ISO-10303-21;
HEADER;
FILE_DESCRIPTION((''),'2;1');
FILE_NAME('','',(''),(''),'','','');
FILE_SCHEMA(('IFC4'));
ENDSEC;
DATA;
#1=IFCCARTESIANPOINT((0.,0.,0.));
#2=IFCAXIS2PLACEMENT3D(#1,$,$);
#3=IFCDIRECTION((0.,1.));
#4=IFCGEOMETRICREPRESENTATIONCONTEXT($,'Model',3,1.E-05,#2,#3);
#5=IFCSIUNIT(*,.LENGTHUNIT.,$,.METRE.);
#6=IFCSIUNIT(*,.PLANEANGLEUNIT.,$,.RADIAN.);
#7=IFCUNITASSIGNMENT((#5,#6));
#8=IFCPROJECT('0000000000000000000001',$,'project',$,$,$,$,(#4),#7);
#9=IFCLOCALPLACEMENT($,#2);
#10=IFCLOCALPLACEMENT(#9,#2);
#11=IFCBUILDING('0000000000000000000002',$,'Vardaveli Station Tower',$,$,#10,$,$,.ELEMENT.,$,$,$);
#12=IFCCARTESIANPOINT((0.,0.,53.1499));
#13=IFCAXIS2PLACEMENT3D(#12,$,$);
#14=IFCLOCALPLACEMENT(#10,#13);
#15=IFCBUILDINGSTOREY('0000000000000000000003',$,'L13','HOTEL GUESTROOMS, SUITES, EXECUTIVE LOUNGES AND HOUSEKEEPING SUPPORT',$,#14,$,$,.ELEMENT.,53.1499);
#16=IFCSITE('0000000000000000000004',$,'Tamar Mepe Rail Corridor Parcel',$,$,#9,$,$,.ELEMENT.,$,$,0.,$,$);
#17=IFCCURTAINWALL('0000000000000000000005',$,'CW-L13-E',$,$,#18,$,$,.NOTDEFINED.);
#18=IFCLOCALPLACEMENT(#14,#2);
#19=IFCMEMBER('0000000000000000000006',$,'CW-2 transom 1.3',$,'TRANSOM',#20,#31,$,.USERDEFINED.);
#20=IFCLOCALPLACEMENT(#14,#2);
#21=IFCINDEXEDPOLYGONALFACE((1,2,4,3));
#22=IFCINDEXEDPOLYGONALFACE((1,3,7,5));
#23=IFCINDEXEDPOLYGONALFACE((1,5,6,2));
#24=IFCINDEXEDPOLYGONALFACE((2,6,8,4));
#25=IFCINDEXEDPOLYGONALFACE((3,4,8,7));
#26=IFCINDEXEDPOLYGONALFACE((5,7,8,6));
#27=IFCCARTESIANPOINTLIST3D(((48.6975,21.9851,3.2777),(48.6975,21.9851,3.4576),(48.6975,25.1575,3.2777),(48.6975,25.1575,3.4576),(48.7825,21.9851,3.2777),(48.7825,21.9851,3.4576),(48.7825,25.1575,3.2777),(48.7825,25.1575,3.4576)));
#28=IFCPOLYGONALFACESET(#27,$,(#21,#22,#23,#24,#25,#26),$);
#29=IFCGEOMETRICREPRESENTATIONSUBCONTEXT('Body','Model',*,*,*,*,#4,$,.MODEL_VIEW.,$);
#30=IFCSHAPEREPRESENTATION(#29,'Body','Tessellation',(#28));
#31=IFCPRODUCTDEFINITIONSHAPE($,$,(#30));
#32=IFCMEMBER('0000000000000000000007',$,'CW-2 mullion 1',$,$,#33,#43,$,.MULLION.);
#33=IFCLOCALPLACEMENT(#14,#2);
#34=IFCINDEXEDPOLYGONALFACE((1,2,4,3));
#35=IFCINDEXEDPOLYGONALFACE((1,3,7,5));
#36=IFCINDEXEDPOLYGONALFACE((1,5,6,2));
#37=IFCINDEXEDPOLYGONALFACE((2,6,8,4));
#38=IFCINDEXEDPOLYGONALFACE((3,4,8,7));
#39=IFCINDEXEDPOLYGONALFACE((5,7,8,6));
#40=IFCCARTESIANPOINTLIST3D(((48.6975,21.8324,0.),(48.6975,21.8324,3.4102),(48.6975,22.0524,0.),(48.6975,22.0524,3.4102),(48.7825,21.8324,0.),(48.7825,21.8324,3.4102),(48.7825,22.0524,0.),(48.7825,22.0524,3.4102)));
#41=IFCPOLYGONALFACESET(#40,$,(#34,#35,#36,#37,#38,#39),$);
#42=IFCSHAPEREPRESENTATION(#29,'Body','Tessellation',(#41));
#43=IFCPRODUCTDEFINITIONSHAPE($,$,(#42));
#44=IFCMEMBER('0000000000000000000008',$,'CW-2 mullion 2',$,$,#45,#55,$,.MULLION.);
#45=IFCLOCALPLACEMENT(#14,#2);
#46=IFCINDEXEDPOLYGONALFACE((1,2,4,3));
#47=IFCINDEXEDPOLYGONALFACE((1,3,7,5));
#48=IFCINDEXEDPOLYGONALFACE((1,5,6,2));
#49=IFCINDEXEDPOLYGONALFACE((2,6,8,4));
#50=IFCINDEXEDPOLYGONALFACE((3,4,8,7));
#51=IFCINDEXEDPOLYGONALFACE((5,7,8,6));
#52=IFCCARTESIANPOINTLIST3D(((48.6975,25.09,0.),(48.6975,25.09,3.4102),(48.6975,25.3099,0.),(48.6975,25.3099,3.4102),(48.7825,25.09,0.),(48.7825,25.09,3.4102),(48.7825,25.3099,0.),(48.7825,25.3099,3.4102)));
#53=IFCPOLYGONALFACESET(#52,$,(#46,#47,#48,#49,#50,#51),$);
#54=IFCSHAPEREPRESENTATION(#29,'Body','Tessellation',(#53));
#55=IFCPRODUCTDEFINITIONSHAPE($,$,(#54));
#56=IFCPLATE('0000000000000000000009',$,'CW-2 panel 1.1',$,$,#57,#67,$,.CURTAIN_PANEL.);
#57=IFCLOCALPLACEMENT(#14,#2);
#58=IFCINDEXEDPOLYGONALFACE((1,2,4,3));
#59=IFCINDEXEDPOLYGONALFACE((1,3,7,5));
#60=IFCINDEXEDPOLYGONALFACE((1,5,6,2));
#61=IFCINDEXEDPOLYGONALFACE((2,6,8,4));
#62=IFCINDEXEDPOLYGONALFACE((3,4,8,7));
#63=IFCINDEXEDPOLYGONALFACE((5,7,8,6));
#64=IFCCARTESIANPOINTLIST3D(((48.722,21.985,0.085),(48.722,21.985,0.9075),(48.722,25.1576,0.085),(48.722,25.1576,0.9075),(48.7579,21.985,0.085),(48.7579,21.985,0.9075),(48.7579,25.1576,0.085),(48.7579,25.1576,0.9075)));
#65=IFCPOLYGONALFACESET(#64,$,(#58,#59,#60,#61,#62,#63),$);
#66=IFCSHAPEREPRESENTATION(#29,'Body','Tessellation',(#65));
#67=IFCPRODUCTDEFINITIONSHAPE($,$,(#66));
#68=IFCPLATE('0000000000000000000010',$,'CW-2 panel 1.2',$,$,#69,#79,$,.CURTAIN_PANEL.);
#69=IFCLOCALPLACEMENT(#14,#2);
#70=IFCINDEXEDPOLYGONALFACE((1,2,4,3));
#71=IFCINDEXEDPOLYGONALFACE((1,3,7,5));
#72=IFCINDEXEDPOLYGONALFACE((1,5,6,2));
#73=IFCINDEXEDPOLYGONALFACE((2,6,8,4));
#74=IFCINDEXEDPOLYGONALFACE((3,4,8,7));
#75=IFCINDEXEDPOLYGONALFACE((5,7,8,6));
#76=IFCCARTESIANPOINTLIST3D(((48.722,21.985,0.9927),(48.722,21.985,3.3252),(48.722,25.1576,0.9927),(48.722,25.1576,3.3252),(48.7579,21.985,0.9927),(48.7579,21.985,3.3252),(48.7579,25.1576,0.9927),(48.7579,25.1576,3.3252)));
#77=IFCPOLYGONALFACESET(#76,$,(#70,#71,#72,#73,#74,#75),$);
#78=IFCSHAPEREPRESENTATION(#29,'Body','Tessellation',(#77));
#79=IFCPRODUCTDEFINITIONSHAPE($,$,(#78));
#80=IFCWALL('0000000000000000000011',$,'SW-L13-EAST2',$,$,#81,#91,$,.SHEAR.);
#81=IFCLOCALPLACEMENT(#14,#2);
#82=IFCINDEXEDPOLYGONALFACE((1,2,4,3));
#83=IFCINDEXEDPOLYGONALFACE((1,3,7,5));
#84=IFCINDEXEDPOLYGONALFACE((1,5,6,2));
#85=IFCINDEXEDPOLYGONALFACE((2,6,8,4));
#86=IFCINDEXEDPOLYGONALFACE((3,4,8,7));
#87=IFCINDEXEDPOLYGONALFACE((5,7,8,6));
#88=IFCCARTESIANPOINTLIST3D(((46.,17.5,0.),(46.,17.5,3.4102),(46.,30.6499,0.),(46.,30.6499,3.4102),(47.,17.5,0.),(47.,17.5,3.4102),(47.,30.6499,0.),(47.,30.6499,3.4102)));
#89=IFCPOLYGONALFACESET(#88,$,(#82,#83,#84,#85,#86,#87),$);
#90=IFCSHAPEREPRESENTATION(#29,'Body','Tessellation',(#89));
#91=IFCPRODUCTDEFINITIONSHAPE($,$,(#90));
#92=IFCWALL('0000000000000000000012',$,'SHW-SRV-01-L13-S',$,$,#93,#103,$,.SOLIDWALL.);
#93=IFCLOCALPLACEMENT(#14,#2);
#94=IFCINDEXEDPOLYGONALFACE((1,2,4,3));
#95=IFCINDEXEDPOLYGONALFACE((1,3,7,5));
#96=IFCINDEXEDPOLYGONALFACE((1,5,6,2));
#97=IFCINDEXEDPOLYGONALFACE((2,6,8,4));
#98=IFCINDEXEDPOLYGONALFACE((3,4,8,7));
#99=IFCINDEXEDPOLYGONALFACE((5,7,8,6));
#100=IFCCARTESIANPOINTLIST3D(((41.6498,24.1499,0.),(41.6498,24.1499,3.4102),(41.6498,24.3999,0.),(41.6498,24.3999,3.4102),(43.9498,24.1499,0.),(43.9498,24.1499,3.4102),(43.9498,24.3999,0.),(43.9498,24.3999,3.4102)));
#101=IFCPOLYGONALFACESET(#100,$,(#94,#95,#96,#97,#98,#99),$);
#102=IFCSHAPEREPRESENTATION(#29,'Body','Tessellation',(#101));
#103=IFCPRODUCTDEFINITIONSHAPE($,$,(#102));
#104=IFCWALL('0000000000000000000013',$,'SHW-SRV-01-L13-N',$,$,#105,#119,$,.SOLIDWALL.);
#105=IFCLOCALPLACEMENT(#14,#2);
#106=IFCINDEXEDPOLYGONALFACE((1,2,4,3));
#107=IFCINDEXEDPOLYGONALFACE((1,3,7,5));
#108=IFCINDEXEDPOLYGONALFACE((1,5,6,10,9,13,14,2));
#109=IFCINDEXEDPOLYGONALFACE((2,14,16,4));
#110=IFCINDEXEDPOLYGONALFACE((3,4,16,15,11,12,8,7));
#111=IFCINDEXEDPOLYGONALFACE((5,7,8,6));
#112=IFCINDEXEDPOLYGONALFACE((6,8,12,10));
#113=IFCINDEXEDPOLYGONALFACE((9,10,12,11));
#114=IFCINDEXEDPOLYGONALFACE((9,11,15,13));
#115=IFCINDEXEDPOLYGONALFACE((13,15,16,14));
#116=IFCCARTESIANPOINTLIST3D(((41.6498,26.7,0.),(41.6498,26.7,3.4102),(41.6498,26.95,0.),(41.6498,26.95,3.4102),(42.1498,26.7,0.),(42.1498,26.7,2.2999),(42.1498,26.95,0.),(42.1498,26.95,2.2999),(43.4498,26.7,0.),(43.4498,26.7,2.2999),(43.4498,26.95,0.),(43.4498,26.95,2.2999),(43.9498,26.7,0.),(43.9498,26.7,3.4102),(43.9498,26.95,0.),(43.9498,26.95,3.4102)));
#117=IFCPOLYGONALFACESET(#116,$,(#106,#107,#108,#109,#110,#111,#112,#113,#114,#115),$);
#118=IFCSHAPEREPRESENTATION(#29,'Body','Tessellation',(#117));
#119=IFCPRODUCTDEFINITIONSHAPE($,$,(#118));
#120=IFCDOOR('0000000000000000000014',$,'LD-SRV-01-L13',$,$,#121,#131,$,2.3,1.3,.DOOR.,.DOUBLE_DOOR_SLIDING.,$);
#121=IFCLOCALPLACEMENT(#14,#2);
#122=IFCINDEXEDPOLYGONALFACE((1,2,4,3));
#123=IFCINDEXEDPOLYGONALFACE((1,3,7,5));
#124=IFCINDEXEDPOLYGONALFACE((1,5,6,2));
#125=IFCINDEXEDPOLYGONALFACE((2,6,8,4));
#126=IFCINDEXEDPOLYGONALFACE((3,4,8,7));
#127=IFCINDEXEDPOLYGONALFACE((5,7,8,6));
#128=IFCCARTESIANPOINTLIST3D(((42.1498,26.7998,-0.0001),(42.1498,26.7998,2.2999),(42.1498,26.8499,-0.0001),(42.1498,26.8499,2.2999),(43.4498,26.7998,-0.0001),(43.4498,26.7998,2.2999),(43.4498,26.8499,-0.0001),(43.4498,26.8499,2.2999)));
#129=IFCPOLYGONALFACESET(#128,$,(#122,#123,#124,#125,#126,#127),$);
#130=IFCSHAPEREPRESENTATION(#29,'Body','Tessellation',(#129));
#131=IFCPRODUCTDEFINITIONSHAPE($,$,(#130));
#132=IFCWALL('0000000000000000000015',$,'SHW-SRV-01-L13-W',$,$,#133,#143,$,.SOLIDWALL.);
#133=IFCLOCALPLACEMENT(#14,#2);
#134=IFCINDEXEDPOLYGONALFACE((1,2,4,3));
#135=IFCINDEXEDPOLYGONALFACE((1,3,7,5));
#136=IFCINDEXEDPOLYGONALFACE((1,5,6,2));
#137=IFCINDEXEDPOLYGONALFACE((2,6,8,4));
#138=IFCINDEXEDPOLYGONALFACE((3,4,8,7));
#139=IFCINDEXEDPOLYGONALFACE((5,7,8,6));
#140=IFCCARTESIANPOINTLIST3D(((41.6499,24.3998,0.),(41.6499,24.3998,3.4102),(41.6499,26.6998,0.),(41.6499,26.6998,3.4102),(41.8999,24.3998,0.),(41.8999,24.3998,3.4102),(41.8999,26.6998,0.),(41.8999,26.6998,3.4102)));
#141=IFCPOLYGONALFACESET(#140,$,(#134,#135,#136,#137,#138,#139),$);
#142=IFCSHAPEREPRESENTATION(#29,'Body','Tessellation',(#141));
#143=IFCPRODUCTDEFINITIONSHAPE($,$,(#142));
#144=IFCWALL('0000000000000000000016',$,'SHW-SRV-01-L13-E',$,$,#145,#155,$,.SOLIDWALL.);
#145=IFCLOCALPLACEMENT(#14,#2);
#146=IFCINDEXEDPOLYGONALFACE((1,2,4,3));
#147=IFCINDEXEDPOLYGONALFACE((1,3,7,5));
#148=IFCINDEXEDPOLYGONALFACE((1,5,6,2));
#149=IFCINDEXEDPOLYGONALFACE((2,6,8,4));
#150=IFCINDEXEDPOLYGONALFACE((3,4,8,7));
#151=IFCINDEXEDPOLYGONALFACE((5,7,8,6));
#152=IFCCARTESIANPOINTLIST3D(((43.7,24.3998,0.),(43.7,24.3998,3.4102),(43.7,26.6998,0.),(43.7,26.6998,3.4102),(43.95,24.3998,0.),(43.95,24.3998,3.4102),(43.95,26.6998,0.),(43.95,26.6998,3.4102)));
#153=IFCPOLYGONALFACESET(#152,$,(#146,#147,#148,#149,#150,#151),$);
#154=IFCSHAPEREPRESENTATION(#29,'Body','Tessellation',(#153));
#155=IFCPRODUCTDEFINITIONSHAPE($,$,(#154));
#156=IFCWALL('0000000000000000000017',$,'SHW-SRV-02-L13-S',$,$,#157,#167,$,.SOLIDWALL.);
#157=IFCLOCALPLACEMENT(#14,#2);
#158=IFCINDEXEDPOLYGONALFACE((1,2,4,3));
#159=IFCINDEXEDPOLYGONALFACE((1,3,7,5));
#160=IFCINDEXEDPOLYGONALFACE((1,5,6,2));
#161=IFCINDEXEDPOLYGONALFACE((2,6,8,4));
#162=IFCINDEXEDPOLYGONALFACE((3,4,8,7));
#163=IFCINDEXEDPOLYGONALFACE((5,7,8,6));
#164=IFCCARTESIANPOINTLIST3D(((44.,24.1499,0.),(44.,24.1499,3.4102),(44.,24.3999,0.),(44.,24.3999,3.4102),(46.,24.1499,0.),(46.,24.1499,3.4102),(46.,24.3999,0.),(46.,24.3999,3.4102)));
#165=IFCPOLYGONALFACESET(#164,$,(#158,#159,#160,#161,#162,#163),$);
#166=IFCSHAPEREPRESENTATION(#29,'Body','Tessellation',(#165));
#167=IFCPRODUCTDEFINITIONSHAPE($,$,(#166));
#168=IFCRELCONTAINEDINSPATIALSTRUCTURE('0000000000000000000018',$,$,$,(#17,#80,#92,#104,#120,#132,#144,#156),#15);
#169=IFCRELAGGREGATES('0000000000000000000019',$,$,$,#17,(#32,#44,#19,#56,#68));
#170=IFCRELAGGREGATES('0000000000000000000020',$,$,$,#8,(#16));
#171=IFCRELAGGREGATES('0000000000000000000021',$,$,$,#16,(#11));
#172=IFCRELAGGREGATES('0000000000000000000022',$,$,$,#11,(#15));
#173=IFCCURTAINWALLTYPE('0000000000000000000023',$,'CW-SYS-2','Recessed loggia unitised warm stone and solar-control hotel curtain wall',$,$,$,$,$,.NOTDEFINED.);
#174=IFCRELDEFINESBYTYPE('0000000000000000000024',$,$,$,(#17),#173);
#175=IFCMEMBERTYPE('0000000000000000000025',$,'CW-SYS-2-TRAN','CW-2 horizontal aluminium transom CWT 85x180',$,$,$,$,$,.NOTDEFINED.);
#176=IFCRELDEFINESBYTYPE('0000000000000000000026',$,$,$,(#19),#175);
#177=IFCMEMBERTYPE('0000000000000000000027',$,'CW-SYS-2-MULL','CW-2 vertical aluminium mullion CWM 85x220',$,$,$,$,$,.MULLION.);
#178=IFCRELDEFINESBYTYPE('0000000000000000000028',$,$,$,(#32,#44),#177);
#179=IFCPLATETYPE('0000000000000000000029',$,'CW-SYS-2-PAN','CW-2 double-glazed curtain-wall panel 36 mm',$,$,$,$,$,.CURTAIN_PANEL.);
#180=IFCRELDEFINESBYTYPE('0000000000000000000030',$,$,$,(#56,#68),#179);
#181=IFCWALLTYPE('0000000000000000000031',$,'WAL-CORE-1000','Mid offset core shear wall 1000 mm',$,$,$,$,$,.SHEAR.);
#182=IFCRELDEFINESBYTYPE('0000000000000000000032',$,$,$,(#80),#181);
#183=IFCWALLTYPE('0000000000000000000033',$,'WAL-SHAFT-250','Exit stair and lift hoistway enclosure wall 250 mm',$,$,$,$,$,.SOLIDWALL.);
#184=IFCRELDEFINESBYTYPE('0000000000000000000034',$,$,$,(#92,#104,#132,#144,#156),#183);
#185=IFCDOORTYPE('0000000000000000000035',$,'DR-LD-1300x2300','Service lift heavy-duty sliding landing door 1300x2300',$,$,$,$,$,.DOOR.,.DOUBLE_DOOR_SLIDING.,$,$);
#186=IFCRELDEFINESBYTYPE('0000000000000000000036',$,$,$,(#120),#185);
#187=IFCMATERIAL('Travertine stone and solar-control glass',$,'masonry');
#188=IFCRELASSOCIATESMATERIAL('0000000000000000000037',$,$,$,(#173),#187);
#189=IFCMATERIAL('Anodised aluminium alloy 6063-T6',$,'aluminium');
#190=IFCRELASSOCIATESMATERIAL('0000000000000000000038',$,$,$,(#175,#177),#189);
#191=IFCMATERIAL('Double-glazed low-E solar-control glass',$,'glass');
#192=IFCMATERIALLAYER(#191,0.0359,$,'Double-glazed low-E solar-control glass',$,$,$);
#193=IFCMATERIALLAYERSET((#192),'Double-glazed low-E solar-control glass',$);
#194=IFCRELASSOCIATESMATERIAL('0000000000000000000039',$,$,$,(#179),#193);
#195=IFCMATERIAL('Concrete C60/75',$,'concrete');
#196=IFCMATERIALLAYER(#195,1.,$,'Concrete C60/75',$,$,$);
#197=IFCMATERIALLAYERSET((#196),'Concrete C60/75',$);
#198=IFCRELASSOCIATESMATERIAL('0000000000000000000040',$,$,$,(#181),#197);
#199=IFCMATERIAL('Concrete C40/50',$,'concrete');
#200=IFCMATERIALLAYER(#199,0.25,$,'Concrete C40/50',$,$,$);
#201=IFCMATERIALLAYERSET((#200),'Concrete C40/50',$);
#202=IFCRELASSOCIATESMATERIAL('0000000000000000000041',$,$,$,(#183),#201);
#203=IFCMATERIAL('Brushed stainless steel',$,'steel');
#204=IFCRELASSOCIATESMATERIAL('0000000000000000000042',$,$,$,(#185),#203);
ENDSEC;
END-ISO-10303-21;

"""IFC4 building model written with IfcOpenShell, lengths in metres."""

from ifc_helpers import new_model, si_unit, direction, frame, frame_2d, origin, origin_2d, place, context, subcontext, project, spatial, rectangle, extrude, source, transform, mapped, material, layer, layer_set, material_profile, profile_set, type_object, element, fill, aggregate, save


model = new_model("IFC4")

# Units and contexts
model_context = context("Model", 3, precision=1e-05, world=origin(), true_north=direction((0.0, 1.0)))
body_context = subcontext(model_context, "Body", "Model", "MODEL_VIEW")
ifc_project = project(units=[si_unit("LENGTHUNIT", "METRE"), si_unit("PLANEANGLEUNIT", "RADIAN")], contexts=[model_context])

# Site, building, storey
site_placement = place(None, origin())
site = spatial("IfcSite", under=ifc_project, at=site_placement, Name="Tamar Mepe Rail Corridor Parcel", CompositionType="ELEMENT", RefElevation=0.0)
building_placement = place(site_placement, origin())
building = spatial("IfcBuilding", under=site, at=building_placement, Name="Vardaveli Station Tower", CompositionType="ELEMENT")
storey_placement = place(building_placement, frame((0.0, 0.0, 53.1499)))
storey = spatial("IfcBuildingStorey", under=building, at=storey_placement, Name="L13", Description="HOTEL GUESTROOMS, SUITES, EXECUTIVE LOUNGES AND HOUSEKEEPING SUPPORT", CompositionType="ELEMENT", Elevation=53.1499)

# Curtain wall, members, plates
ifc_material_1 = material(Name="Travertine stone and solar-control glass", Category="masonry")
curtain_wall_type = type_object("IfcCurtainWallType", Name="CW-SYS-2", Description="Recessed loggia unitised warm stone and solar-control hotel curtain wall", PredefinedType="NOTDEFINED", material=ifc_material_1)
curtain_wall_placement = place(storey_placement, origin())
curtain_wall = element("IfcCurtainWall", 1, at=curtain_wall_placement, inside=storey, type_object=curtain_wall_type, Name="CW-L13-E", PredefinedType="NOTDEFINED")
ifc_material_2 = material(Name="Anodised aluminium alloy 6063-T6", Category="aluminium")
ifc_material_profile_1 = material_profile(ifc_material_2, rectangle(XDim=0.085, YDim=0.1799, at=origin_2d()), Name="CWT 85x180")
ifc_profile_set_1 = profile_set([ifc_material_profile_1], Name="Anodised aluminium alloy 6063-T6")
member_type_1 = type_object("IfcMemberType", Name="CW-SYS-2-TRAN", Description="CW-2 horizontal aluminium transom CWT 85x180", PredefinedType="NOTDEFINED", material=ifc_profile_set_1)
shared_shape_1 = source(origin(), body_context, "Body", "SweptSolid", [
    extrude(rectangle(XDim=0.085, YDim=0.1799, at=origin_2d()), origin(), (0.0, 0.0, 1.0), 3.1724),
])
member_1_placement = place(storey_placement, frame((48.74, 21.9851, 3.3677), z_axis=(0.0, 1.0, 0.0), x_axis=(-1.0, 0.0, 0.0)))
member_1 = element("IfcMember", 2, at=member_1_placement, type_object=member_type_1, Name="CW-2 transom 1.3", ObjectType="TRANSOM", PredefinedType="USERDEFINED", context=body_context, shape_type="MappedRepresentation", body=[
    mapped(shared_shape_1, transform((0.0, 0.0, 0.0), scale=1.0)),
])
ifc_material_profile_2 = material_profile(ifc_material_2, rectangle(XDim=0.085, YDim=0.22, at=origin_2d()), Name="CWM 85x220")
ifc_profile_set_2 = profile_set([ifc_material_profile_2], Name="Anodised aluminium alloy 6063-T6")
member_type_2 = type_object("IfcMemberType", Name="CW-SYS-2-MULL", Description="CW-2 vertical aluminium mullion CWM 85x220", PredefinedType="MULLION", material=ifc_profile_set_2)
shared_shape_2 = source(origin(), body_context, "Body", "SweptSolid", [
    extrude(rectangle(XDim=0.085, YDim=0.22, at=origin_2d()), origin(), (0.0, 0.0, 1.0), 3.4102),
])
member_2_placement = place(storey_placement, frame((48.74, 21.9424, 0.0), z_axis=(0.0, 0.0, 1.0), x_axis=(-1.0, 0.0, 0.0)))
member_2 = element("IfcMember", 3, at=member_2_placement, type_object=member_type_2, Name="CW-2 mullion 1", PredefinedType="MULLION", context=body_context, shape_type="MappedRepresentation", body=[
    mapped(shared_shape_2, transform((0.0, 0.0, 0.0), scale=1.0)),
])
member_3_placement = place(storey_placement, frame((48.74, 25.2, 0.0), z_axis=(0.0, 0.0, 1.0), x_axis=(-1.0, 0.0, 0.0)))
member_3 = element("IfcMember", 4, at=member_3_placement, type_object=member_type_2, Name="CW-2 mullion 2", PredefinedType="MULLION", context=body_context, shape_type="MappedRepresentation", body=[
    mapped(shared_shape_2, transform((0.0, 0.0, 0.0), scale=1.0)),
])
ifc_material_3 = material(Name="Double-glazed low-E solar-control glass", Category="glass")
ifc_layer_1 = layer(ifc_material_3, 0.0359, Name="Double-glazed low-E solar-control glass")
ifc_layer_set_1 = layer_set([ifc_layer_1], Name="Double-glazed low-E solar-control glass")
plate_type = type_object("IfcPlateType", Name="CW-SYS-2-PAN", Description="CW-2 double-glazed curtain-wall panel 36 mm", PredefinedType="CURTAIN_PANEL", material=ifc_layer_set_1)
shared_shape_3 = source(origin(), body_context, "Body", "SweptSolid", [
    extrude(rectangle(XDim=3.1726, YDim=0.0359, at=origin_2d()), origin(), (0.0, 0.0, 1.0), 0.8225),
])
plate_1_placement = place(storey_placement, frame((48.74, 23.5713, 0.085), z_axis=(0.0, 0.0, 1.0), x_axis=(0.0, 1.0, 0.0)))
plate_1 = element("IfcPlate", 5, at=plate_1_placement, type_object=plate_type, Name="CW-2 panel 1.1", PredefinedType="CURTAIN_PANEL", context=body_context, shape_type="MappedRepresentation", body=[
    mapped(shared_shape_3, transform((0.0, 0.0, 0.0), scale=1.0)),
])
shared_shape_4 = source(origin(), body_context, "Body", "SweptSolid", [
    extrude(rectangle(XDim=3.1726, YDim=0.0359, at=origin_2d()), origin(), (0.0, 0.0, 1.0), 2.3325),
])
plate_2_placement = place(storey_placement, frame((48.74, 23.5713, 0.9927), z_axis=(0.0, 0.0, 1.0), x_axis=(0.0, 1.0, 0.0)))
plate_2 = element("IfcPlate", 6, at=plate_2_placement, type_object=plate_type, Name="CW-2 panel 1.2", PredefinedType="CURTAIN_PANEL", context=body_context, shape_type="MappedRepresentation", body=[
    mapped(shared_shape_4, transform((0.0, 0.0, 0.0), scale=1.0)),
])
aggregate(curtain_wall, [member_2, member_3, member_1, plate_1, plate_2])

# Walls
ifc_material_4 = material(Name="Concrete C60/75", Category="concrete")
ifc_layer_2 = layer(ifc_material_4, 1.0, Name="Concrete C60/75")
ifc_layer_set_2 = layer_set([ifc_layer_2], Name="Concrete C60/75")
wall_type_1 = type_object("IfcWallType", Name="WAL-CORE-1000", Description="Mid offset core shear wall 1000 mm", PredefinedType="SHEAR", material=ifc_layer_set_2)
shared_shape_5 = source(origin(), body_context, "Body", "SweptSolid", [
    extrude(rectangle(XDim=13.1499, YDim=1.0, at=frame_2d((6.575, 0.0))), origin(), (0.0, 0.0, 1.0), 3.4102),
])
wall_1_placement = place(storey_placement, frame((46.5, 17.5, 0.0), z_axis=(0.0, 0.0, 1.0), x_axis=(0.0, 1.0, 0.0)))
element("IfcWall", 7, at=wall_1_placement, inside=storey, type_object=wall_type_1, Name="SW-L13-EAST2", PredefinedType="SHEAR", context=body_context, shape_type="MappedRepresentation", body=[
    mapped(shared_shape_5, transform((0.0, 0.0, 0.0), scale=1.0)),
])
ifc_material_5 = material(Name="Concrete C40/50", Category="concrete")
ifc_layer_3 = layer(ifc_material_5, 0.25, Name="Concrete C40/50")
ifc_layer_set_3 = layer_set([ifc_layer_3], Name="Concrete C40/50")
wall_type_2 = type_object("IfcWallType", Name="WAL-SHAFT-250", Description="Exit stair and lift hoistway enclosure wall 250 mm", PredefinedType="SOLIDWALL", material=ifc_layer_set_3)
shared_shape_6 = source(origin(), body_context, "Body", "SweptSolid", [
    extrude(rectangle(XDim=2.3, YDim=0.25, at=frame_2d((1.1499, 0.0))), origin(), (0.0, 0.0, 1.0), 3.4102),
])
wall_2_placement = place(storey_placement, frame((41.6499, 24.2749, 0.0), z_axis=(0.0, 0.0, 1.0), x_axis=(1.0, 0.0, 0.0)))
element("IfcWall", 8, at=wall_2_placement, inside=storey, type_object=wall_type_2, Name="SHW-SRV-01-L13-S", PredefinedType="SOLIDWALL", context=body_context, shape_type="MappedRepresentation", body=[
    mapped(shared_shape_6, transform((0.0, 0.0, 0.0), scale=1.0)),
])

# Wall, opening, door
wall_3_placement = place(storey_placement, frame((41.6499, 26.825, 0.0), z_axis=(0.0, 0.0, 1.0), x_axis=(1.0, 0.0, 0.0)))
wall_3 = element("IfcWall", 9, at=wall_3_placement, inside=storey, type_object=wall_type_2, Name="SHW-SRV-01-L13-N", PredefinedType="SOLIDWALL", context=body_context, shape_type="MappedRepresentation", body=[
    mapped(shared_shape_6, transform((0.0, 0.0, 0.0), scale=1.0)),
])
shared_shape_7 = source(origin(), body_context, "Body", "SweptSolid", [
    extrude(rectangle(XDim=1.3, YDim=2.3, at=frame_2d((0.6499, 1.1499))), frame((0.0, 0.135, 0.0), z_axis=(0.0, -1.0, 0.0), x_axis=(1.0, 0.0, 0.0)), (0.0, 0.0, 1.0), 0.27),
])
opening_placement = place(wall_3_placement, frame((0.5, 0.0, 0.0)))
opening = element("IfcOpeningElement", 10, at=opening_placement, cuts=wall_3, PredefinedType="OPENING", context=body_context, shape_type="MappedRepresentation", body=[
    mapped(shared_shape_7, transform((0.0, 0.0, 0.0), scale=1.0)),
])
ifc_material_6 = material(Name="Brushed stainless steel", Category="steel")
door_type = type_object("IfcDoorType", Name="DR-LD-1300x2300", Description="Service lift heavy-duty sliding landing door 1300x2300", OperationType="DOUBLE_DOOR_SLIDING", PredefinedType="DOOR", material=ifc_material_6)
shared_shape_8 = source(origin(), body_context, "Body", "SweptSolid", [
    extrude(rectangle(XDim=1.3, YDim=2.3, at=frame_2d((0.6499, 1.1499))), frame((0.0, 0.0249, 0.0), z_axis=(0.0, -1.0, 0.0), x_axis=(1.0, 0.0, 0.0)), (0.0, 0.0, 1.0), 0.05),
])
door_placement = place(opening_placement, origin())
door = element("IfcDoor", 11, at=door_placement, inside=storey, type_object=door_type, Name="LD-SRV-01-L13", OperationType="DOUBLE_DOOR_SLIDING", OverallHeight=2.3, OverallWidth=1.3, PredefinedType="DOOR", context=body_context, shape_type="MappedRepresentation", body=[
    mapped(shared_shape_8, transform((0.0, 0.0, 0.0), scale=1.0)),
])
fill(opening, door)

# Walls
for number, where, z_axis, x_axis, name in (
    (12, (41.7749, 24.3999, 0.0), (0.0, 0.0, 1.0), (0.0, 1.0, 0.0), "SHW-SRV-01-L13-W"),
    (13, (43.825, 24.3999, 0.0), (0.0, 0.0, 1.0), (0.0, 1.0, 0.0), "SHW-SRV-01-L13-E"),
):
    element("IfcWall", number, at=place(storey_placement, frame(where, z_axis=z_axis, x_axis=x_axis)), inside=storey, type_object=wall_type_2, Name=name, PredefinedType="SOLIDWALL", context=body_context, shape_type="MappedRepresentation", body=[
        mapped(shared_shape_6, transform((0.0, 0.0, 0.0), scale=1.0)),
    ])
shared_shape_9 = source(origin(), body_context, "Body", "SweptSolid", [
    extrude(rectangle(XDim=2.0, YDim=0.25, at=frame_2d((1.0, 0.0))), origin(), (0.0, 0.0, 1.0), 3.4102),
])
wall_4_placement = place(storey_placement, frame((44.0, 24.2749, 0.0), z_axis=(0.0, 0.0, 1.0), x_axis=(1.0, 0.0, 0.0)))
element("IfcWall", 14, at=wall_4_placement, inside=storey, type_object=wall_type_2, Name="SHW-SRV-02-L13-S", PredefinedType="SOLIDWALL", context=body_context, shape_type="MappedRepresentation", body=[
    mapped(shared_shape_9, transform((0.0, 0.0, 0.0), scale=1.0)),
])

save(model, "model.ifc")
